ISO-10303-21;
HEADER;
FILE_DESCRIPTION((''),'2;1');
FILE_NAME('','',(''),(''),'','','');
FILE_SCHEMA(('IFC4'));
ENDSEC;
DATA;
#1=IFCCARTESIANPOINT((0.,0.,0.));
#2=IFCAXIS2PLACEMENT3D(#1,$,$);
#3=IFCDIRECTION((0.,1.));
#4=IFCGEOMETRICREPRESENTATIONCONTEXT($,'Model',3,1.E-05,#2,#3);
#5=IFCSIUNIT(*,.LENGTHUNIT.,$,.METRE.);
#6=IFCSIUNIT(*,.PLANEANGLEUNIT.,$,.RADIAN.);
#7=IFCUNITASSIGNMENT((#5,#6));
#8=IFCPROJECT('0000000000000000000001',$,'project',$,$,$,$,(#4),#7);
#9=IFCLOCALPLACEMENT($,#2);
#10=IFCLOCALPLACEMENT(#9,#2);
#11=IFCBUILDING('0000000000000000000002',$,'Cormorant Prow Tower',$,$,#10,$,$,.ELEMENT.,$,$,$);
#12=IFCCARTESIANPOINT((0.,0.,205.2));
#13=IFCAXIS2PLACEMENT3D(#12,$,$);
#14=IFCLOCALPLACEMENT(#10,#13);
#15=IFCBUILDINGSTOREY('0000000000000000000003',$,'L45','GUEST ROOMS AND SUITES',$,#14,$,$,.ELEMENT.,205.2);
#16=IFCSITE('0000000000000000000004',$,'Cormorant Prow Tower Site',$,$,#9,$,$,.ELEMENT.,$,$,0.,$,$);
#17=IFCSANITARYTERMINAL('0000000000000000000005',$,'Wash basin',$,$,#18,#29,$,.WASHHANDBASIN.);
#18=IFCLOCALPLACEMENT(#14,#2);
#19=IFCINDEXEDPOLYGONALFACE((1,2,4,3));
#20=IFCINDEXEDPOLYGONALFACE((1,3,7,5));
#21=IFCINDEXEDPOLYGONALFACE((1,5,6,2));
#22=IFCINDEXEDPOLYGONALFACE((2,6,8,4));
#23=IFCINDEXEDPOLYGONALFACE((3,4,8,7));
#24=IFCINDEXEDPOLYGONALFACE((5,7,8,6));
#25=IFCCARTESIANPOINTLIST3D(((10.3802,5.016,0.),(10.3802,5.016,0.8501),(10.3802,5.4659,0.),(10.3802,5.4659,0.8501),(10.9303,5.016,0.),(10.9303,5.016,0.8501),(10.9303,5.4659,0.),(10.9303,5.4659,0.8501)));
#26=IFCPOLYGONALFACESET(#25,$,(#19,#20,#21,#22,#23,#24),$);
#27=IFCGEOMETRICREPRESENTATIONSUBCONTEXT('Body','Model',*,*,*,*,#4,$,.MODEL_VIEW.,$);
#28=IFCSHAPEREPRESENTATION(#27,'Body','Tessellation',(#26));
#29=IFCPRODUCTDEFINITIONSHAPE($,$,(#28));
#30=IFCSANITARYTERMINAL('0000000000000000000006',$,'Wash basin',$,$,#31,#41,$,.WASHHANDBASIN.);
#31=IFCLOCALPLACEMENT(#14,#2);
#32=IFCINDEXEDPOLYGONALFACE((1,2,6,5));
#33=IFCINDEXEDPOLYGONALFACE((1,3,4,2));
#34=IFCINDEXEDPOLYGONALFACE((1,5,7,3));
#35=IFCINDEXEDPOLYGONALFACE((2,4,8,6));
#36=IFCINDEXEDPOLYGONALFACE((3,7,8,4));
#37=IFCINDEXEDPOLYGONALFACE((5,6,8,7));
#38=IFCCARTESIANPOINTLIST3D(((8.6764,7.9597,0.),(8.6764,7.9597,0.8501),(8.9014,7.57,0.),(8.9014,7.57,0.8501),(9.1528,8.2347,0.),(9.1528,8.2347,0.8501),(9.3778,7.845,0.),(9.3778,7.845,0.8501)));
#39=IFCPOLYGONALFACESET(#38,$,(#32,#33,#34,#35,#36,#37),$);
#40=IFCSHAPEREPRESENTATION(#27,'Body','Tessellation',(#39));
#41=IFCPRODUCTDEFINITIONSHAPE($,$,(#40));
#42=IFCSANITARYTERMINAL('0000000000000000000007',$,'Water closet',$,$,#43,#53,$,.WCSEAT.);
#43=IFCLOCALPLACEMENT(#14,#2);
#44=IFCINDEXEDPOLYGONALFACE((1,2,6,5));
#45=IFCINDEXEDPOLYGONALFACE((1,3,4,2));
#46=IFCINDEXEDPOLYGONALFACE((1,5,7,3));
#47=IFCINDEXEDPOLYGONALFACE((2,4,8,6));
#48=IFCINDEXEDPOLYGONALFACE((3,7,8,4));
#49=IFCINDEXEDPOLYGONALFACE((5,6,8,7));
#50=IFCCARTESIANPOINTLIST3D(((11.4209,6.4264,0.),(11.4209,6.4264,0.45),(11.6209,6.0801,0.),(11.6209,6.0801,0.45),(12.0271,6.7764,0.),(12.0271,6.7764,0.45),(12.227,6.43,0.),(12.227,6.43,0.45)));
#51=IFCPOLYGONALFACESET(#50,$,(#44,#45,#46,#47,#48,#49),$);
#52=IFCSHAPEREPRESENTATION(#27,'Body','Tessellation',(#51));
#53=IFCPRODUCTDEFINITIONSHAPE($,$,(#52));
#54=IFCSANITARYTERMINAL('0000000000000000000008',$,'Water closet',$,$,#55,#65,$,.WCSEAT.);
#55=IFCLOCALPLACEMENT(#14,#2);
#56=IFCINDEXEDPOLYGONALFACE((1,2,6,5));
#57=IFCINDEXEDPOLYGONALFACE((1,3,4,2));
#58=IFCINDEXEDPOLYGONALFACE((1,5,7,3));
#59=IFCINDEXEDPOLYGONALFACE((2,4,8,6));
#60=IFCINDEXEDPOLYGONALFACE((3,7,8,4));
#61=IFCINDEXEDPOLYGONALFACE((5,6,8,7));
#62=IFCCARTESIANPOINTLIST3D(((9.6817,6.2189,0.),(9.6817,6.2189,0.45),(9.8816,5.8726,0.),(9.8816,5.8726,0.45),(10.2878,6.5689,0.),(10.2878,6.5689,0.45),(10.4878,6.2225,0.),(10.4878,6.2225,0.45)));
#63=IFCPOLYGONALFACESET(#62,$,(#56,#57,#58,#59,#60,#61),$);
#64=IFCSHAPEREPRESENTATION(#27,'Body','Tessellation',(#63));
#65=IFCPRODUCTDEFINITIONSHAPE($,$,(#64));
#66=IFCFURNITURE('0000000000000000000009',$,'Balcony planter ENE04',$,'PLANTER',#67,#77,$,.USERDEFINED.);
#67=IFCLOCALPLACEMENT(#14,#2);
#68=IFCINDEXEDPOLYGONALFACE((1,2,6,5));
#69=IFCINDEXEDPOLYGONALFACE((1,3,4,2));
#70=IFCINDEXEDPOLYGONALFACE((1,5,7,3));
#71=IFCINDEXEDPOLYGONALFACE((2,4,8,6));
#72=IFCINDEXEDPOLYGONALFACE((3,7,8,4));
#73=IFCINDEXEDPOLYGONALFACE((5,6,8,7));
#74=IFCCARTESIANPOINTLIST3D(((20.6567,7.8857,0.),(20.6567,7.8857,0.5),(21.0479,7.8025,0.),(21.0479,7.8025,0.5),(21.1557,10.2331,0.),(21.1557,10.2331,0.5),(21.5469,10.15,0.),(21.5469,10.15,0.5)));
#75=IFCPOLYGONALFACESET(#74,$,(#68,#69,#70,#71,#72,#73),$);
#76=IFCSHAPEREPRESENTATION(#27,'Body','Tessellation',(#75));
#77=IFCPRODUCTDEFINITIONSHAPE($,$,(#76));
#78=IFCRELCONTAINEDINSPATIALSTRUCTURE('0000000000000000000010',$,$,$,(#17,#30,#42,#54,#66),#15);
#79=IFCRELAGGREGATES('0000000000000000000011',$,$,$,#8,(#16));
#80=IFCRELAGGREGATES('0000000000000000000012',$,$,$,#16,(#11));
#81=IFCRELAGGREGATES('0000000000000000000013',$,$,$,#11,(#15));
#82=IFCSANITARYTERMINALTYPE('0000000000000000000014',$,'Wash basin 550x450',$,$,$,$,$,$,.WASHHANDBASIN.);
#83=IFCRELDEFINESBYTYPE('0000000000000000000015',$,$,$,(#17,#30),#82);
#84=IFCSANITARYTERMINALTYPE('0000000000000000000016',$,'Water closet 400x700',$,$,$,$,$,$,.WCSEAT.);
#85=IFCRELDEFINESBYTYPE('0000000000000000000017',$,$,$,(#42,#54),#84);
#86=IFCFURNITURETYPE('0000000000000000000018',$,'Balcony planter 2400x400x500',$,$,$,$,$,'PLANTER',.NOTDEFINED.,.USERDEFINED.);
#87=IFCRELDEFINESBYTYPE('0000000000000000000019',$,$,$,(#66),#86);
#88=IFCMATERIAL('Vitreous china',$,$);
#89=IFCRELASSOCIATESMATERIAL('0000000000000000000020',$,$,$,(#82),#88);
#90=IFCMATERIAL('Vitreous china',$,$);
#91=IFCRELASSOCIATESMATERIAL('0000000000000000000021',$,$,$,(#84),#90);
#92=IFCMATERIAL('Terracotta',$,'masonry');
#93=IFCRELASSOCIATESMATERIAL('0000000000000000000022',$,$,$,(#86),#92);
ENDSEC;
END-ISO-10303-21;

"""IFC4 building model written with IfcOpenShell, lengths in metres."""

from ifc_helpers import new_model, si_unit, direction, frame, origin, origin_2d, place, context, subcontext, project, spatial, rectangle, extrude, material, type_object, element, save


model = new_model("IFC4")

# Units and contexts
model_context = context("Model", 3, precision=1e-05, world=origin(), true_north=direction((0.0, 1.0)))
body_context = subcontext(model_context, "Body", "Model", "MODEL_VIEW")
ifc_project = project(units=[si_unit("LENGTHUNIT", "METRE"), si_unit("PLANEANGLEUNIT", "RADIAN")], contexts=[model_context])

# Site, building, storey
site_placement = place(None, origin())
site = spatial("IfcSite", under=ifc_project, at=site_placement, Name="Cormorant Prow Tower Site", CompositionType="ELEMENT", RefElevation=0.0)
building_placement = place(site_placement, origin())
building = spatial("IfcBuilding", under=site, at=building_placement, Name="Cormorant Prow Tower", CompositionType="ELEMENT")
storey_placement = place(building_placement, frame((0.0, 0.0, 205.2)))
storey = spatial("IfcBuildingStorey", under=building, at=storey_placement, Name="L45", Description="GUEST ROOMS AND SUITES", CompositionType="ELEMENT", Elevation=205.2)

# Sanitary terminals
ifc_material_1 = material(Name="Vitreous china")
sanitary_terminal_type_1 = type_object("IfcSanitaryTerminalType", Name="Wash basin 550x450", PredefinedType="WASHHANDBASIN", material=ifc_material_1)
for number, where, z_axis, x_axis, name in (
    (1, (10.6553, 5.241, 0.0), (0.0, 0.0, 1.0), (1.0, 0.0, 0.0), "Wash basin"),
    (2, (9.0271, 7.9023, 0.0), (0.0, 0.0, 1.0), (0.866025, 0.5, 0.0), "Wash basin"),
):
    element("IfcSanitaryTerminal", number, at=place(storey_placement, frame(where, z_axis=z_axis, x_axis=x_axis)), inside=storey, type_object=sanitary_terminal_type_1, Name=name, PredefinedType="WASHHANDBASIN", context=body_context, shape_type="SweptSolid", body=[
        extrude(rectangle(XDim=0.55, YDim=0.45, at=origin_2d()), origin(), (0.0, 0.0, 1.0), 0.8501),
    ])
ifc_material_2 = material(Name="Vitreous china")
sanitary_terminal_type_2 = type_object("IfcSanitaryTerminalType", Name="Water closet 400x700", PredefinedType="WCSEAT", material=ifc_material_2)
for number, where, z_axis, x_axis, name in (
    (3, (11.824, 6.4282, 0.0), (0.0, 0.0, 1.0), (0.5, -0.866025, 0.0), "Water closet"),
    (4, (10.0847, 6.2207, 0.0), (0.0, 0.0, 1.0), (-0.5, 0.866025, 0.0), "Water closet"),
):
    element("IfcSanitaryTerminal", number, at=place(storey_placement, frame(where, z_axis=z_axis, x_axis=x_axis)), inside=storey, type_object=sanitary_terminal_type_2, Name=name, PredefinedType="WCSEAT", context=body_context, shape_type="SweptSolid", body=[
        extrude(rectangle(XDim=0.3999, YDim=0.7, at=origin_2d()), origin(), (0.0, 0.0, 1.0), 0.45),
    ])

# Furniture
ifc_material_3 = material(Name="Terracotta", Category="masonry")
furniture_type = type_object("IfcFurnitureType", Name="Balcony planter 2400x400x500", ElementType="PLANTER", AssemblyPlace="NOTDEFINED", PredefinedType="USERDEFINED", material=ifc_material_3)
furniture_placement = place(storey_placement, frame((21.1018, 9.0178, 0.0), z_axis=(0.0, 0.0, 1.0), x_axis=(0.207912, 0.978148, 0.0)))
element("IfcFurniture", 5, at=furniture_placement, inside=storey, type_object=furniture_type, Name="Balcony planter ENE04", ObjectType="PLANTER", PredefinedType="USERDEFINED", context=body_context, shape_type="SweptSolid", body=[
    extrude(rectangle(XDim=2.3999, YDim=0.3999, at=origin_2d()), origin(), (0.0, 0.0, 1.0), 0.5),
])

save(model, "model.ifc")
